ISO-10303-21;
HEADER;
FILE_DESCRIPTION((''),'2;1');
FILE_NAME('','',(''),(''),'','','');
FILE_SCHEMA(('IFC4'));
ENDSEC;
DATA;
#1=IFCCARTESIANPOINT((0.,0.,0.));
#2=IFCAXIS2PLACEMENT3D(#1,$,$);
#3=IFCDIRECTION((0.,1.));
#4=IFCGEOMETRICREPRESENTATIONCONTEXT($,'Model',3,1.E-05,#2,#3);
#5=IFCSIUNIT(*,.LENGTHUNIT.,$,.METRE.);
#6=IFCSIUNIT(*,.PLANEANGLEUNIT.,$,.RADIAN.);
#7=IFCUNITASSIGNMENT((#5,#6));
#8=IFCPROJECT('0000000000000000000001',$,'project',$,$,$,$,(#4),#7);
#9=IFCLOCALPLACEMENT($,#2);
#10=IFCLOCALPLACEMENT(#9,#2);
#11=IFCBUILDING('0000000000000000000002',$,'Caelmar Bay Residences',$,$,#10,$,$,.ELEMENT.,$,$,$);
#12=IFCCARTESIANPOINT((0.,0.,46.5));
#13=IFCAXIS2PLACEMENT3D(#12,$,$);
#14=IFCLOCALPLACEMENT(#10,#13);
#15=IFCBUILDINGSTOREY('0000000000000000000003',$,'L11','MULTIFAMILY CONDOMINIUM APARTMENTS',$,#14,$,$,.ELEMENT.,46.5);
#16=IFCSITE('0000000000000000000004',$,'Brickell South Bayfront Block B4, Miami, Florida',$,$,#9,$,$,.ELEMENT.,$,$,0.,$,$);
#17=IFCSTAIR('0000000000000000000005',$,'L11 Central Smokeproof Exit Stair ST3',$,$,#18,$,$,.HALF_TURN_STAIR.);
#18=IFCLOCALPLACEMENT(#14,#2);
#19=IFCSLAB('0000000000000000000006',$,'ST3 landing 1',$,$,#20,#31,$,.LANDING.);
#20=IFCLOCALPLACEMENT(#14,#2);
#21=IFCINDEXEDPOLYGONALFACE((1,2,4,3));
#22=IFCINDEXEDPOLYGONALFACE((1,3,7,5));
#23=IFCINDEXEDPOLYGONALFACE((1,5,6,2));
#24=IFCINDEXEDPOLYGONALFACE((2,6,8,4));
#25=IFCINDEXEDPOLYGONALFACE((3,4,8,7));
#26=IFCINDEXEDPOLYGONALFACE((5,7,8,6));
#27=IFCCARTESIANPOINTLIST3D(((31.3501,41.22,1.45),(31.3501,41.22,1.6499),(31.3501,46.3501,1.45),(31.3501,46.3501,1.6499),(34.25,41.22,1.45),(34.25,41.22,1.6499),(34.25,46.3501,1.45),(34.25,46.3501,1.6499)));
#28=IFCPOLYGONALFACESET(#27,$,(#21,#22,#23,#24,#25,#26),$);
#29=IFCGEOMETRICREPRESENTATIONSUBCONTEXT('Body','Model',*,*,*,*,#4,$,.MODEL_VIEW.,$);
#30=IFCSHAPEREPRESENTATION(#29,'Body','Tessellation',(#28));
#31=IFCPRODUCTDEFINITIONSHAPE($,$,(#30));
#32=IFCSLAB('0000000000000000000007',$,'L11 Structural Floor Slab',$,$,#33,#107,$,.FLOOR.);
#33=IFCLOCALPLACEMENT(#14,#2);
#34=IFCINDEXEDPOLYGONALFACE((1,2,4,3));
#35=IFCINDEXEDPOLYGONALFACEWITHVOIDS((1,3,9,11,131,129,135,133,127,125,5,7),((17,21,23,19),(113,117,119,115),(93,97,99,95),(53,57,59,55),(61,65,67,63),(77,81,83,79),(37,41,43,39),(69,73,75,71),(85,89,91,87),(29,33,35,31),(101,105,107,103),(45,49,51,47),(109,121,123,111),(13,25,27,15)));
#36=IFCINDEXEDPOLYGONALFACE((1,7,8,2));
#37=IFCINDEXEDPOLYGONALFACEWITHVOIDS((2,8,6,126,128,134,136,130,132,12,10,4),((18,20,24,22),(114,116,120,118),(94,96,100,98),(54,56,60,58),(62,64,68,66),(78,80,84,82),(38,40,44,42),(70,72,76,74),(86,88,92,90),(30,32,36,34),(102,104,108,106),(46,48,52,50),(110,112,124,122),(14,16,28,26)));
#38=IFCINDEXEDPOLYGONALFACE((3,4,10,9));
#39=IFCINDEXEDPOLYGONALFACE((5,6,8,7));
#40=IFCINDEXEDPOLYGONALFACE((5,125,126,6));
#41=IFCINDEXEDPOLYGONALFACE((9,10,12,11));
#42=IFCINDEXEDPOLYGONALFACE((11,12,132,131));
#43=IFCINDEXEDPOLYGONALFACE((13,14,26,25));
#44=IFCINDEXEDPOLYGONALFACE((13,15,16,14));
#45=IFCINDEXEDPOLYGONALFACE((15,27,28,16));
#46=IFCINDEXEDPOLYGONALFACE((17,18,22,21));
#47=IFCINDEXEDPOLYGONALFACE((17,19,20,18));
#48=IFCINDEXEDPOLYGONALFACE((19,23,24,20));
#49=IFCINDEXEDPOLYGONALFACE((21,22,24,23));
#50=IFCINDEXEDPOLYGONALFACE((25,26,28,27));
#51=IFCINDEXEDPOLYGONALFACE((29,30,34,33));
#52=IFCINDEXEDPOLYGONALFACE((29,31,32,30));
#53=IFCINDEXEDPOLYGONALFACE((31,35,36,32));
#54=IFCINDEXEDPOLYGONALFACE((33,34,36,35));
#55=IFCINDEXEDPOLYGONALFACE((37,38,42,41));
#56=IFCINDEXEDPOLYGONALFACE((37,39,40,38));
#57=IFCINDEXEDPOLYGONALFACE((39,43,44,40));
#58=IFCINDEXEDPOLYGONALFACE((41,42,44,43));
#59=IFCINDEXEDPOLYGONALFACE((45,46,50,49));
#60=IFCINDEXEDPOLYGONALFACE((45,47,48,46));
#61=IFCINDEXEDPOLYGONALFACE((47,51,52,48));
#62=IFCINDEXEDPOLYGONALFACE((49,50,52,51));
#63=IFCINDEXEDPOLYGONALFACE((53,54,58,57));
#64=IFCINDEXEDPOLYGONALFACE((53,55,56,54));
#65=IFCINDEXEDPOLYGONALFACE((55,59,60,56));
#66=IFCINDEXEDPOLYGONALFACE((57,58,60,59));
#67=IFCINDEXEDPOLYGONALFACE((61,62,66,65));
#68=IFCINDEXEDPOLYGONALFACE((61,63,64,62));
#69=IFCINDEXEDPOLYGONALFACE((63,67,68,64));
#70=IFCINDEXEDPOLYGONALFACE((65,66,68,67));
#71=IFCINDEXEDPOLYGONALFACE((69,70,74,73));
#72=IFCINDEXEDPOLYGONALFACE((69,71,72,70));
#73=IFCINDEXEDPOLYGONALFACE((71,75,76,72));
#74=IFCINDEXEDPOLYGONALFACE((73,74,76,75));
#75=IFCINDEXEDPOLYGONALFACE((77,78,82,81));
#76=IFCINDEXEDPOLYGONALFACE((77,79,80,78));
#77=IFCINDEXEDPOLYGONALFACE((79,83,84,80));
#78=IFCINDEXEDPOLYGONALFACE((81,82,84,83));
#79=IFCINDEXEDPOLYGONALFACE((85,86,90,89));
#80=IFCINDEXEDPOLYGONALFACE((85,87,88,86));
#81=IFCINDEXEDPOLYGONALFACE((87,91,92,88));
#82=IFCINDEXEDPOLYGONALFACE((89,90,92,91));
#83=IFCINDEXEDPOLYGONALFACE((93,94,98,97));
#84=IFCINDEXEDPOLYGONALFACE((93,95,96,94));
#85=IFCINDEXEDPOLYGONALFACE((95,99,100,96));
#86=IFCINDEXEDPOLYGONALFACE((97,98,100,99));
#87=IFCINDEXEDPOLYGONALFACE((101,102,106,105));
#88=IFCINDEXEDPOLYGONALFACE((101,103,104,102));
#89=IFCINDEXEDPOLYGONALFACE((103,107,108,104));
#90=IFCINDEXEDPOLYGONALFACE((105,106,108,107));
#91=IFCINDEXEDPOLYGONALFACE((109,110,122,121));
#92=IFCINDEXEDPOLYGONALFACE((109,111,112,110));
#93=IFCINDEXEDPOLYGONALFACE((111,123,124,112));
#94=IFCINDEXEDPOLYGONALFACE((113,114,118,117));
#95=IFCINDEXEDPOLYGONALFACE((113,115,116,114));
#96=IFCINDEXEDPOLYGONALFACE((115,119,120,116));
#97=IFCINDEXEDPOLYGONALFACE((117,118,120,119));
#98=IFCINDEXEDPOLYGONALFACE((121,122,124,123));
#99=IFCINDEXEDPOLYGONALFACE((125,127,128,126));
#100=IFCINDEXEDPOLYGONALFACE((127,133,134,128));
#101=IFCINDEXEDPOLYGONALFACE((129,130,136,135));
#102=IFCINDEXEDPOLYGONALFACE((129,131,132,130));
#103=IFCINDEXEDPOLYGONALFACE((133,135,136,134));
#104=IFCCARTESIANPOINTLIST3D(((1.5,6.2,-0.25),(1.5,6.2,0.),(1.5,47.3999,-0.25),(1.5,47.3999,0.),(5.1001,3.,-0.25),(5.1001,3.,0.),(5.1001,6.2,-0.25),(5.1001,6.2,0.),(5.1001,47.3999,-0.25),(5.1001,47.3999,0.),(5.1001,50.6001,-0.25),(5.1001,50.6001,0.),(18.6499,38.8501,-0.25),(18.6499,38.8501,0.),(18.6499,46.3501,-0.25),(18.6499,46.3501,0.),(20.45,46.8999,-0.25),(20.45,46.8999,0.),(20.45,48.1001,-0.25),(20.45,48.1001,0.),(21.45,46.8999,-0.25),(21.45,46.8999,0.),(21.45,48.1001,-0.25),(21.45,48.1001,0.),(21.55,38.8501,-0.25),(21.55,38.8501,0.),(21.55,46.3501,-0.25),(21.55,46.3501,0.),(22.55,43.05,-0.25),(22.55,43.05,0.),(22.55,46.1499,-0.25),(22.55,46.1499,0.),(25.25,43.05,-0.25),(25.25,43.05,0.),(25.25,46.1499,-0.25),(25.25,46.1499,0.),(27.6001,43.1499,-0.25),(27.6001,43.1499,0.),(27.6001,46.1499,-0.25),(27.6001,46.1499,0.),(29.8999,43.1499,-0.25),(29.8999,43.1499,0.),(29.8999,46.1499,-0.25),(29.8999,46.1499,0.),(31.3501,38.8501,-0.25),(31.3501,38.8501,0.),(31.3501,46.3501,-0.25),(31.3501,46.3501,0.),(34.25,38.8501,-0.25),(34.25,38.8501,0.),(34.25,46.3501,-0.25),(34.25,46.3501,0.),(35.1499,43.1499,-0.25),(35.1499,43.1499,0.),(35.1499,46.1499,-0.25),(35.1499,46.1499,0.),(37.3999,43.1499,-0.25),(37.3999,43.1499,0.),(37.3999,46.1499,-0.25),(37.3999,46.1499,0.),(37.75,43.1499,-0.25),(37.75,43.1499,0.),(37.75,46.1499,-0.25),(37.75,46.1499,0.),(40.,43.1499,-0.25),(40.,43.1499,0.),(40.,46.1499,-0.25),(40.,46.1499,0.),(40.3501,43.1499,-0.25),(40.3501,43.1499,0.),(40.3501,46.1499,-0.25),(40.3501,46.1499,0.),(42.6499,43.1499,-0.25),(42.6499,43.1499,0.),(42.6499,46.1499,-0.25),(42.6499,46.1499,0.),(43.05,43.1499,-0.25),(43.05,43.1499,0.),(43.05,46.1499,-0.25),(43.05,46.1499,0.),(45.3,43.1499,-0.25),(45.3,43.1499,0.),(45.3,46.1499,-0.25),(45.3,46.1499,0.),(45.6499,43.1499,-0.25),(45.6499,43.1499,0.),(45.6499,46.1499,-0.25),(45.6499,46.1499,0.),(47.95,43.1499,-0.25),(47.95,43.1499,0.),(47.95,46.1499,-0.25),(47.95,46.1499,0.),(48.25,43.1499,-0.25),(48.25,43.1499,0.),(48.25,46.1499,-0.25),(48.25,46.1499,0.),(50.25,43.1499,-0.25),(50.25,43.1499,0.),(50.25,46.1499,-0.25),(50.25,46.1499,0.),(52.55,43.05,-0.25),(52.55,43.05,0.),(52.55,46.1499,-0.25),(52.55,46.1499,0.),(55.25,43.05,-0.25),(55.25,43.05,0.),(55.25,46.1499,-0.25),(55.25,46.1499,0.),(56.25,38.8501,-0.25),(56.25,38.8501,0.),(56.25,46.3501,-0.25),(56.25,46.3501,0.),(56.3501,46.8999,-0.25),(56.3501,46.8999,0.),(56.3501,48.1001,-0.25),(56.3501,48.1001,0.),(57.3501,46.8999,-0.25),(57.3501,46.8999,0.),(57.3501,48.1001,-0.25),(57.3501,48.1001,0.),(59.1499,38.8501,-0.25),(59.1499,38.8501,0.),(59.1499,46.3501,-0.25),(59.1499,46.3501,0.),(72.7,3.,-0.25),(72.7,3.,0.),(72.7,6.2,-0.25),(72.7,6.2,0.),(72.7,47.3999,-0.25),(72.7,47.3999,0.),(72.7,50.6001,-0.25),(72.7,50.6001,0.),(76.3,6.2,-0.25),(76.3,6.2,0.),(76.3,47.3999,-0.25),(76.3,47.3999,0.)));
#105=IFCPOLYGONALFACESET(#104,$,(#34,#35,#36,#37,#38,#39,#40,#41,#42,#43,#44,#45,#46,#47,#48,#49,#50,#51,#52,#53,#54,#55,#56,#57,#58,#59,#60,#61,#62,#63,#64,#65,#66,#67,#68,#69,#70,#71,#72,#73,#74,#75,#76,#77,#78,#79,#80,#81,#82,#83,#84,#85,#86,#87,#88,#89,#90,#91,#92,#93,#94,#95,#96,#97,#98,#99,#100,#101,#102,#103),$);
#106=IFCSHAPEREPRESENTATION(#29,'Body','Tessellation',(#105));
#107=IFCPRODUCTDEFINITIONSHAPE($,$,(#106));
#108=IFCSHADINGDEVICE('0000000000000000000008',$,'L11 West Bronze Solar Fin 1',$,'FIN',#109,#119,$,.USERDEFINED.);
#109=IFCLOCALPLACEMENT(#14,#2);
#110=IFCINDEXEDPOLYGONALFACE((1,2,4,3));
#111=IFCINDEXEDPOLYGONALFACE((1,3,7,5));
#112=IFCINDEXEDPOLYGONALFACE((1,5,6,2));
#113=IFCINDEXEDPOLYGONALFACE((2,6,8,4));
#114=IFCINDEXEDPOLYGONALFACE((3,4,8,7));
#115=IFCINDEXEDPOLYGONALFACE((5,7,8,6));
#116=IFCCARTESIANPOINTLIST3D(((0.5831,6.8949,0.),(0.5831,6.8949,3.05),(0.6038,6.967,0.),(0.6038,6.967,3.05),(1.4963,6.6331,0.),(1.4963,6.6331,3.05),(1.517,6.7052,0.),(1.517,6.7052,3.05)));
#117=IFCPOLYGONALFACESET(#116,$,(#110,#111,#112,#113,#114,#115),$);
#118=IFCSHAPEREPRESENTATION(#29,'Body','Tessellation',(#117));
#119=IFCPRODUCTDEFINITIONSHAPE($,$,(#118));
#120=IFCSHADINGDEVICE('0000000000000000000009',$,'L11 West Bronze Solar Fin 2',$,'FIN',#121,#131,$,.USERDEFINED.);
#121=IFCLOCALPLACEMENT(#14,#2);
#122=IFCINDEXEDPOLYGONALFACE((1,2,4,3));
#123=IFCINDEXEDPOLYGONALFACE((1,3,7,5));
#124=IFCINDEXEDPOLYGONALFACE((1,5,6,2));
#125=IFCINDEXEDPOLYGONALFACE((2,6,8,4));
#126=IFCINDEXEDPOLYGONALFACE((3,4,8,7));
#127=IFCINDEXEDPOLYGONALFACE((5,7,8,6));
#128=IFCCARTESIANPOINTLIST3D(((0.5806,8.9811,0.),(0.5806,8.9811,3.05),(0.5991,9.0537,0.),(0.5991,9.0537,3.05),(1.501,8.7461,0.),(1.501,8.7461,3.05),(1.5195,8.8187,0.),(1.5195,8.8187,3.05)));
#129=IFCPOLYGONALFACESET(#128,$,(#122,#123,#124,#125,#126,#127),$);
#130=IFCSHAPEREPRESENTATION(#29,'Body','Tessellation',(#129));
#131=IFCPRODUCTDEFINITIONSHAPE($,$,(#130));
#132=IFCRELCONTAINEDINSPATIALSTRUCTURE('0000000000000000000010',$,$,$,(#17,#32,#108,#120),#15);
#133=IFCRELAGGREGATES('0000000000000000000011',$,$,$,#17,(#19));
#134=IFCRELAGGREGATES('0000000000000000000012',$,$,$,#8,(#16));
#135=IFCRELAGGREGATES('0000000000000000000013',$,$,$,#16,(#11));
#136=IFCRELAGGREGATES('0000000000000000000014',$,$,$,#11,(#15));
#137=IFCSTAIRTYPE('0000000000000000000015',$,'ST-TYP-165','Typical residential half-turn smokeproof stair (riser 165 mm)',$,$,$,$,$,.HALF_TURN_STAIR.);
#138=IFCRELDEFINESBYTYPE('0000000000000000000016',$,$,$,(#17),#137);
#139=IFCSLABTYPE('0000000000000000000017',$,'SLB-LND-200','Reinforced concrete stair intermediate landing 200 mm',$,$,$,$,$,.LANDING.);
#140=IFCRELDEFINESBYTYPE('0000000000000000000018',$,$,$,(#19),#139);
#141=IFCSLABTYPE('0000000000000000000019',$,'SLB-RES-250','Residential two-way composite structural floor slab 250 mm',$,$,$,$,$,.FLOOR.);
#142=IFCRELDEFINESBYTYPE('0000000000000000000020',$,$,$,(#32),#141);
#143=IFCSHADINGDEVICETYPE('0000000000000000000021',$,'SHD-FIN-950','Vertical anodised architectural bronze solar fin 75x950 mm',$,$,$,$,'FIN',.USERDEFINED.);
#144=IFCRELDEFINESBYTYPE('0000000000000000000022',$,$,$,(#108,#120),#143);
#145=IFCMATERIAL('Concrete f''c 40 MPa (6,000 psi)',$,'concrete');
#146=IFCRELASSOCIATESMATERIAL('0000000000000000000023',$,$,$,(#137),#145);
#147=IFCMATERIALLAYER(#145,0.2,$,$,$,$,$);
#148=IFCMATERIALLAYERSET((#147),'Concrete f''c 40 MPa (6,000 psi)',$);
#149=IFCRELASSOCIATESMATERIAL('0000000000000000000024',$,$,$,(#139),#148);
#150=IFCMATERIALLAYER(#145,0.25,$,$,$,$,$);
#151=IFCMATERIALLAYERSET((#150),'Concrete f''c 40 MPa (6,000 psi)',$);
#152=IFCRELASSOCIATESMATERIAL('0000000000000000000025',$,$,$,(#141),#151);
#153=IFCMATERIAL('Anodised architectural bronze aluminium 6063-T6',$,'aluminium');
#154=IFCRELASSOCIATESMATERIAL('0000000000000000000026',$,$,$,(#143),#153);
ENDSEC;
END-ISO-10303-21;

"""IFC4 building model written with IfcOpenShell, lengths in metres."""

from ifc_helpers import new_model, si_unit, direction, frame, origin, origin_2d, place, context, subcontext, project, spatial, polyline, rectangle, outline, extrude, material, layer, layer_set, material_profile, profile_set, type_object, element, aggregate, save


model = new_model("IFC4")

# Units and contexts
model_context = context("Model", 3, precision=1e-05, world=origin(), true_north=direction((0.0, 1.0)))
body_context = subcontext(model_context, "Body", "Model", "MODEL_VIEW")
ifc_project = project(units=[si_unit("LENGTHUNIT", "METRE"), si_unit("PLANEANGLEUNIT", "RADIAN")], contexts=[model_context])

# Site, building, storey
site_placement = place(None, origin())
site = spatial("IfcSite", under=ifc_project, at=site_placement, Name="Brickell South Bayfront Block B4, Miami, Florida", CompositionType="ELEMENT", RefElevation=0.0)
building_placement = place(site_placement, origin())
building = spatial("IfcBuilding", under=site, at=building_placement, Name="Caelmar Bay Residences", CompositionType="ELEMENT")
storey_placement = place(building_placement, frame((0.0, 0.0, 46.5)))
storey = spatial("IfcBuildingStorey", under=building, at=storey_placement, Name="L11", Description="MULTIFAMILY CONDOMINIUM APARTMENTS", CompositionType="ELEMENT", Elevation=46.5)

# Shared definitions
ifc_material_1 = material(Name="Concrete f'c 40 MPa (6,000 psi)", Category="concrete")

# Stair, slab
stair_type = type_object("IfcStairType", Name="ST-TYP-165", Description="Typical residential half-turn smokeproof stair (riser 165 mm)", PredefinedType="HALF_TURN_STAIR", material=ifc_material_1)
ifc_layer_1 = layer(ifc_material_1, 0.2)
ifc_layer_set_1 = layer_set([ifc_layer_1], Name="Concrete f'c 40 MPa (6,000 psi)")
slab_type_1 = type_object("IfcSlabType", Name="SLB-LND-200", Description="Reinforced concrete stair intermediate landing 200 mm", PredefinedType="LANDING", material=ifc_layer_set_1)
stair_1_placement = place(storey_placement, origin())
stair_1 = element("IfcStair", 1, at=stair_1_placement, inside=storey, type_object=stair_type, Name="L11 Central Smokeproof Exit Stair ST3", PredefinedType="HALF_TURN_STAIR")
slab_1_placement = place(storey_placement, frame((0.0, 0.0, 1.45)))
slab_1 = element("IfcSlab", 2, at=slab_1_placement, type_object=slab_type_1, Name="ST3 landing 1", PredefinedType="LANDING", context=body_context, shape_type="SweptSolid", body=[
    extrude(outline(polyline([(34.25, 41.22), (34.25, 46.3501), (31.3501, 46.3501), (31.3501, 41.22), (34.25, 41.22)])), origin(), (0.0, 0.0, 1.0), 0.2),
])
aggregate(stair_1, [slab_1])

# Slab
ifc_layer_2 = layer(ifc_material_1, 0.25)
ifc_layer_set_2 = layer_set([ifc_layer_2], Name="Concrete f'c 40 MPa (6,000 psi)")
slab_type_2 = type_object("IfcSlabType", Name="SLB-RES-250", Description="Residential two-way composite structural floor slab 250 mm", PredefinedType="FLOOR", material=ifc_layer_set_2)
slab_2_placement = place(storey_placement, frame((0.0, 0.0, -0.25)))
element("IfcSlab", 3, at=slab_2_placement, inside=storey, type_object=slab_type_2, Name="L11 Structural Floor Slab", PredefinedType="FLOOR", context=body_context, shape_type="SweptSolid", body=[
    extrude(outline(polyline([(5.1001, 3.0), (72.7, 3.0), (72.7, 6.2), (76.3, 6.2), (76.3, 47.3999), (72.7, 47.3999), (72.7, 50.6001), (5.1001, 50.6001), (5.1001, 47.3999), (1.5, 47.3999), (1.5, 6.2), (5.1001, 6.2), (5.1001, 3.0)]), holes=[polyline([(18.6499, 38.8501), (21.55, 38.8501), (21.55, 46.3501), (18.6499, 46.3501), (18.6499, 38.8501)]), polyline([(56.25, 38.8501), (59.1499, 38.8501), (59.1499, 46.3501), (56.25, 46.3501), (56.25, 38.8501)]), polyline([(31.3501, 38.8501), (34.25, 38.8501), (34.25, 46.3501), (31.3501, 46.3501), (31.3501, 38.8501)]), polyline([(22.55, 43.05), (25.25, 43.05), (25.25, 46.1499), (22.55, 46.1499), (22.55, 43.05)]), polyline([(52.55, 43.05), (55.25, 43.05), (55.25, 46.1499), (52.55, 46.1499), (52.55, 43.05)]), polyline([(35.1499, 43.1499), (37.3999, 43.1499), (37.3999, 46.1499), (35.1499, 46.1499), (35.1499, 43.1499)]), polyline([(37.75, 43.1499), (40.0, 43.1499), (40.0, 46.1499), (37.75, 46.1499), (37.75, 43.1499)]), polyline([(40.3501, 43.1499), (42.6499, 43.1499), (42.6499, 46.1499), (40.3501, 46.1499), (40.3501, 43.1499)]), polyline([(43.05, 43.1499), (45.3, 43.1499), (45.3, 46.1499), (43.05, 46.1499), (43.05, 43.1499)]), polyline([(45.6499, 43.1499), (47.95, 43.1499), (47.95, 46.1499), (45.6499, 46.1499), (45.6499, 43.1499)]), polyline([(48.25, 43.1499), (50.25, 43.1499), (50.25, 46.1499), (48.25, 46.1499), (48.25, 43.1499)]), polyline([(27.6001, 43.1499), (29.8999, 43.1499), (29.8999, 46.1499), (27.6001, 46.1499), (27.6001, 43.1499)]), polyline([(20.45, 46.8999), (21.45, 46.8999), (21.45, 48.1001), (20.45, 48.1001), (20.45, 46.8999)]), polyline([(56.3501, 46.8999), (57.3501, 46.8999), (57.3501, 48.1001), (56.3501, 48.1001), (56.3501, 46.8999)])]), origin(), (0.0, 0.0, 1.0), 0.25),
])

# Shading devices
ifc_material_2 = material(Name="Anodised architectural bronze aluminium 6063-T6", Category="aluminium")
ifc_material_profile_1 = material_profile(ifc_material_2, rectangle(XDim=0.075, YDim=0.95, at=origin_2d()), Name="BRONZE-FIN-75X950")
ifc_profile_set_1 = profile_set([ifc_material_profile_1], Name="Anodised architectural bronze aluminium 6063-T6")
shading_device_type = type_object("IfcShadingDeviceType", Name="SHD-FIN-950", Description="Vertical anodised architectural bronze solar fin 75x950 mm", ElementType="FIN", PredefinedType="USERDEFINED", material=ifc_profile_set_1)
for number, where, z_axis, x_axis, name in (
    (4, (1.05, 6.8, 0.0), (0.0, 0.0, 1.0), (0.275637, 0.961262, 0.0), "L11 West Bronze Solar Fin 1"),
    (5, (1.05, 8.8999, 0.0), (0.0, 0.0, 1.0), (0.247337, 0.968929, 0.0), "L11 West Bronze Solar Fin 2"),
):
    element("IfcShadingDevice", number, at=place(storey_placement, frame(where, z_axis=z_axis, x_axis=x_axis)), inside=storey, type_object=shading_device_type, Name=name, ObjectType="FIN", PredefinedType="USERDEFINED", context=body_context, shape_type="SweptSolid", body=[
        extrude(rectangle(XDim=0.075, YDim=0.95, at=origin_2d()), origin(), (0.0, 0.0, 1.0), 3.05),
    ])

save(model, "model.ifc")
